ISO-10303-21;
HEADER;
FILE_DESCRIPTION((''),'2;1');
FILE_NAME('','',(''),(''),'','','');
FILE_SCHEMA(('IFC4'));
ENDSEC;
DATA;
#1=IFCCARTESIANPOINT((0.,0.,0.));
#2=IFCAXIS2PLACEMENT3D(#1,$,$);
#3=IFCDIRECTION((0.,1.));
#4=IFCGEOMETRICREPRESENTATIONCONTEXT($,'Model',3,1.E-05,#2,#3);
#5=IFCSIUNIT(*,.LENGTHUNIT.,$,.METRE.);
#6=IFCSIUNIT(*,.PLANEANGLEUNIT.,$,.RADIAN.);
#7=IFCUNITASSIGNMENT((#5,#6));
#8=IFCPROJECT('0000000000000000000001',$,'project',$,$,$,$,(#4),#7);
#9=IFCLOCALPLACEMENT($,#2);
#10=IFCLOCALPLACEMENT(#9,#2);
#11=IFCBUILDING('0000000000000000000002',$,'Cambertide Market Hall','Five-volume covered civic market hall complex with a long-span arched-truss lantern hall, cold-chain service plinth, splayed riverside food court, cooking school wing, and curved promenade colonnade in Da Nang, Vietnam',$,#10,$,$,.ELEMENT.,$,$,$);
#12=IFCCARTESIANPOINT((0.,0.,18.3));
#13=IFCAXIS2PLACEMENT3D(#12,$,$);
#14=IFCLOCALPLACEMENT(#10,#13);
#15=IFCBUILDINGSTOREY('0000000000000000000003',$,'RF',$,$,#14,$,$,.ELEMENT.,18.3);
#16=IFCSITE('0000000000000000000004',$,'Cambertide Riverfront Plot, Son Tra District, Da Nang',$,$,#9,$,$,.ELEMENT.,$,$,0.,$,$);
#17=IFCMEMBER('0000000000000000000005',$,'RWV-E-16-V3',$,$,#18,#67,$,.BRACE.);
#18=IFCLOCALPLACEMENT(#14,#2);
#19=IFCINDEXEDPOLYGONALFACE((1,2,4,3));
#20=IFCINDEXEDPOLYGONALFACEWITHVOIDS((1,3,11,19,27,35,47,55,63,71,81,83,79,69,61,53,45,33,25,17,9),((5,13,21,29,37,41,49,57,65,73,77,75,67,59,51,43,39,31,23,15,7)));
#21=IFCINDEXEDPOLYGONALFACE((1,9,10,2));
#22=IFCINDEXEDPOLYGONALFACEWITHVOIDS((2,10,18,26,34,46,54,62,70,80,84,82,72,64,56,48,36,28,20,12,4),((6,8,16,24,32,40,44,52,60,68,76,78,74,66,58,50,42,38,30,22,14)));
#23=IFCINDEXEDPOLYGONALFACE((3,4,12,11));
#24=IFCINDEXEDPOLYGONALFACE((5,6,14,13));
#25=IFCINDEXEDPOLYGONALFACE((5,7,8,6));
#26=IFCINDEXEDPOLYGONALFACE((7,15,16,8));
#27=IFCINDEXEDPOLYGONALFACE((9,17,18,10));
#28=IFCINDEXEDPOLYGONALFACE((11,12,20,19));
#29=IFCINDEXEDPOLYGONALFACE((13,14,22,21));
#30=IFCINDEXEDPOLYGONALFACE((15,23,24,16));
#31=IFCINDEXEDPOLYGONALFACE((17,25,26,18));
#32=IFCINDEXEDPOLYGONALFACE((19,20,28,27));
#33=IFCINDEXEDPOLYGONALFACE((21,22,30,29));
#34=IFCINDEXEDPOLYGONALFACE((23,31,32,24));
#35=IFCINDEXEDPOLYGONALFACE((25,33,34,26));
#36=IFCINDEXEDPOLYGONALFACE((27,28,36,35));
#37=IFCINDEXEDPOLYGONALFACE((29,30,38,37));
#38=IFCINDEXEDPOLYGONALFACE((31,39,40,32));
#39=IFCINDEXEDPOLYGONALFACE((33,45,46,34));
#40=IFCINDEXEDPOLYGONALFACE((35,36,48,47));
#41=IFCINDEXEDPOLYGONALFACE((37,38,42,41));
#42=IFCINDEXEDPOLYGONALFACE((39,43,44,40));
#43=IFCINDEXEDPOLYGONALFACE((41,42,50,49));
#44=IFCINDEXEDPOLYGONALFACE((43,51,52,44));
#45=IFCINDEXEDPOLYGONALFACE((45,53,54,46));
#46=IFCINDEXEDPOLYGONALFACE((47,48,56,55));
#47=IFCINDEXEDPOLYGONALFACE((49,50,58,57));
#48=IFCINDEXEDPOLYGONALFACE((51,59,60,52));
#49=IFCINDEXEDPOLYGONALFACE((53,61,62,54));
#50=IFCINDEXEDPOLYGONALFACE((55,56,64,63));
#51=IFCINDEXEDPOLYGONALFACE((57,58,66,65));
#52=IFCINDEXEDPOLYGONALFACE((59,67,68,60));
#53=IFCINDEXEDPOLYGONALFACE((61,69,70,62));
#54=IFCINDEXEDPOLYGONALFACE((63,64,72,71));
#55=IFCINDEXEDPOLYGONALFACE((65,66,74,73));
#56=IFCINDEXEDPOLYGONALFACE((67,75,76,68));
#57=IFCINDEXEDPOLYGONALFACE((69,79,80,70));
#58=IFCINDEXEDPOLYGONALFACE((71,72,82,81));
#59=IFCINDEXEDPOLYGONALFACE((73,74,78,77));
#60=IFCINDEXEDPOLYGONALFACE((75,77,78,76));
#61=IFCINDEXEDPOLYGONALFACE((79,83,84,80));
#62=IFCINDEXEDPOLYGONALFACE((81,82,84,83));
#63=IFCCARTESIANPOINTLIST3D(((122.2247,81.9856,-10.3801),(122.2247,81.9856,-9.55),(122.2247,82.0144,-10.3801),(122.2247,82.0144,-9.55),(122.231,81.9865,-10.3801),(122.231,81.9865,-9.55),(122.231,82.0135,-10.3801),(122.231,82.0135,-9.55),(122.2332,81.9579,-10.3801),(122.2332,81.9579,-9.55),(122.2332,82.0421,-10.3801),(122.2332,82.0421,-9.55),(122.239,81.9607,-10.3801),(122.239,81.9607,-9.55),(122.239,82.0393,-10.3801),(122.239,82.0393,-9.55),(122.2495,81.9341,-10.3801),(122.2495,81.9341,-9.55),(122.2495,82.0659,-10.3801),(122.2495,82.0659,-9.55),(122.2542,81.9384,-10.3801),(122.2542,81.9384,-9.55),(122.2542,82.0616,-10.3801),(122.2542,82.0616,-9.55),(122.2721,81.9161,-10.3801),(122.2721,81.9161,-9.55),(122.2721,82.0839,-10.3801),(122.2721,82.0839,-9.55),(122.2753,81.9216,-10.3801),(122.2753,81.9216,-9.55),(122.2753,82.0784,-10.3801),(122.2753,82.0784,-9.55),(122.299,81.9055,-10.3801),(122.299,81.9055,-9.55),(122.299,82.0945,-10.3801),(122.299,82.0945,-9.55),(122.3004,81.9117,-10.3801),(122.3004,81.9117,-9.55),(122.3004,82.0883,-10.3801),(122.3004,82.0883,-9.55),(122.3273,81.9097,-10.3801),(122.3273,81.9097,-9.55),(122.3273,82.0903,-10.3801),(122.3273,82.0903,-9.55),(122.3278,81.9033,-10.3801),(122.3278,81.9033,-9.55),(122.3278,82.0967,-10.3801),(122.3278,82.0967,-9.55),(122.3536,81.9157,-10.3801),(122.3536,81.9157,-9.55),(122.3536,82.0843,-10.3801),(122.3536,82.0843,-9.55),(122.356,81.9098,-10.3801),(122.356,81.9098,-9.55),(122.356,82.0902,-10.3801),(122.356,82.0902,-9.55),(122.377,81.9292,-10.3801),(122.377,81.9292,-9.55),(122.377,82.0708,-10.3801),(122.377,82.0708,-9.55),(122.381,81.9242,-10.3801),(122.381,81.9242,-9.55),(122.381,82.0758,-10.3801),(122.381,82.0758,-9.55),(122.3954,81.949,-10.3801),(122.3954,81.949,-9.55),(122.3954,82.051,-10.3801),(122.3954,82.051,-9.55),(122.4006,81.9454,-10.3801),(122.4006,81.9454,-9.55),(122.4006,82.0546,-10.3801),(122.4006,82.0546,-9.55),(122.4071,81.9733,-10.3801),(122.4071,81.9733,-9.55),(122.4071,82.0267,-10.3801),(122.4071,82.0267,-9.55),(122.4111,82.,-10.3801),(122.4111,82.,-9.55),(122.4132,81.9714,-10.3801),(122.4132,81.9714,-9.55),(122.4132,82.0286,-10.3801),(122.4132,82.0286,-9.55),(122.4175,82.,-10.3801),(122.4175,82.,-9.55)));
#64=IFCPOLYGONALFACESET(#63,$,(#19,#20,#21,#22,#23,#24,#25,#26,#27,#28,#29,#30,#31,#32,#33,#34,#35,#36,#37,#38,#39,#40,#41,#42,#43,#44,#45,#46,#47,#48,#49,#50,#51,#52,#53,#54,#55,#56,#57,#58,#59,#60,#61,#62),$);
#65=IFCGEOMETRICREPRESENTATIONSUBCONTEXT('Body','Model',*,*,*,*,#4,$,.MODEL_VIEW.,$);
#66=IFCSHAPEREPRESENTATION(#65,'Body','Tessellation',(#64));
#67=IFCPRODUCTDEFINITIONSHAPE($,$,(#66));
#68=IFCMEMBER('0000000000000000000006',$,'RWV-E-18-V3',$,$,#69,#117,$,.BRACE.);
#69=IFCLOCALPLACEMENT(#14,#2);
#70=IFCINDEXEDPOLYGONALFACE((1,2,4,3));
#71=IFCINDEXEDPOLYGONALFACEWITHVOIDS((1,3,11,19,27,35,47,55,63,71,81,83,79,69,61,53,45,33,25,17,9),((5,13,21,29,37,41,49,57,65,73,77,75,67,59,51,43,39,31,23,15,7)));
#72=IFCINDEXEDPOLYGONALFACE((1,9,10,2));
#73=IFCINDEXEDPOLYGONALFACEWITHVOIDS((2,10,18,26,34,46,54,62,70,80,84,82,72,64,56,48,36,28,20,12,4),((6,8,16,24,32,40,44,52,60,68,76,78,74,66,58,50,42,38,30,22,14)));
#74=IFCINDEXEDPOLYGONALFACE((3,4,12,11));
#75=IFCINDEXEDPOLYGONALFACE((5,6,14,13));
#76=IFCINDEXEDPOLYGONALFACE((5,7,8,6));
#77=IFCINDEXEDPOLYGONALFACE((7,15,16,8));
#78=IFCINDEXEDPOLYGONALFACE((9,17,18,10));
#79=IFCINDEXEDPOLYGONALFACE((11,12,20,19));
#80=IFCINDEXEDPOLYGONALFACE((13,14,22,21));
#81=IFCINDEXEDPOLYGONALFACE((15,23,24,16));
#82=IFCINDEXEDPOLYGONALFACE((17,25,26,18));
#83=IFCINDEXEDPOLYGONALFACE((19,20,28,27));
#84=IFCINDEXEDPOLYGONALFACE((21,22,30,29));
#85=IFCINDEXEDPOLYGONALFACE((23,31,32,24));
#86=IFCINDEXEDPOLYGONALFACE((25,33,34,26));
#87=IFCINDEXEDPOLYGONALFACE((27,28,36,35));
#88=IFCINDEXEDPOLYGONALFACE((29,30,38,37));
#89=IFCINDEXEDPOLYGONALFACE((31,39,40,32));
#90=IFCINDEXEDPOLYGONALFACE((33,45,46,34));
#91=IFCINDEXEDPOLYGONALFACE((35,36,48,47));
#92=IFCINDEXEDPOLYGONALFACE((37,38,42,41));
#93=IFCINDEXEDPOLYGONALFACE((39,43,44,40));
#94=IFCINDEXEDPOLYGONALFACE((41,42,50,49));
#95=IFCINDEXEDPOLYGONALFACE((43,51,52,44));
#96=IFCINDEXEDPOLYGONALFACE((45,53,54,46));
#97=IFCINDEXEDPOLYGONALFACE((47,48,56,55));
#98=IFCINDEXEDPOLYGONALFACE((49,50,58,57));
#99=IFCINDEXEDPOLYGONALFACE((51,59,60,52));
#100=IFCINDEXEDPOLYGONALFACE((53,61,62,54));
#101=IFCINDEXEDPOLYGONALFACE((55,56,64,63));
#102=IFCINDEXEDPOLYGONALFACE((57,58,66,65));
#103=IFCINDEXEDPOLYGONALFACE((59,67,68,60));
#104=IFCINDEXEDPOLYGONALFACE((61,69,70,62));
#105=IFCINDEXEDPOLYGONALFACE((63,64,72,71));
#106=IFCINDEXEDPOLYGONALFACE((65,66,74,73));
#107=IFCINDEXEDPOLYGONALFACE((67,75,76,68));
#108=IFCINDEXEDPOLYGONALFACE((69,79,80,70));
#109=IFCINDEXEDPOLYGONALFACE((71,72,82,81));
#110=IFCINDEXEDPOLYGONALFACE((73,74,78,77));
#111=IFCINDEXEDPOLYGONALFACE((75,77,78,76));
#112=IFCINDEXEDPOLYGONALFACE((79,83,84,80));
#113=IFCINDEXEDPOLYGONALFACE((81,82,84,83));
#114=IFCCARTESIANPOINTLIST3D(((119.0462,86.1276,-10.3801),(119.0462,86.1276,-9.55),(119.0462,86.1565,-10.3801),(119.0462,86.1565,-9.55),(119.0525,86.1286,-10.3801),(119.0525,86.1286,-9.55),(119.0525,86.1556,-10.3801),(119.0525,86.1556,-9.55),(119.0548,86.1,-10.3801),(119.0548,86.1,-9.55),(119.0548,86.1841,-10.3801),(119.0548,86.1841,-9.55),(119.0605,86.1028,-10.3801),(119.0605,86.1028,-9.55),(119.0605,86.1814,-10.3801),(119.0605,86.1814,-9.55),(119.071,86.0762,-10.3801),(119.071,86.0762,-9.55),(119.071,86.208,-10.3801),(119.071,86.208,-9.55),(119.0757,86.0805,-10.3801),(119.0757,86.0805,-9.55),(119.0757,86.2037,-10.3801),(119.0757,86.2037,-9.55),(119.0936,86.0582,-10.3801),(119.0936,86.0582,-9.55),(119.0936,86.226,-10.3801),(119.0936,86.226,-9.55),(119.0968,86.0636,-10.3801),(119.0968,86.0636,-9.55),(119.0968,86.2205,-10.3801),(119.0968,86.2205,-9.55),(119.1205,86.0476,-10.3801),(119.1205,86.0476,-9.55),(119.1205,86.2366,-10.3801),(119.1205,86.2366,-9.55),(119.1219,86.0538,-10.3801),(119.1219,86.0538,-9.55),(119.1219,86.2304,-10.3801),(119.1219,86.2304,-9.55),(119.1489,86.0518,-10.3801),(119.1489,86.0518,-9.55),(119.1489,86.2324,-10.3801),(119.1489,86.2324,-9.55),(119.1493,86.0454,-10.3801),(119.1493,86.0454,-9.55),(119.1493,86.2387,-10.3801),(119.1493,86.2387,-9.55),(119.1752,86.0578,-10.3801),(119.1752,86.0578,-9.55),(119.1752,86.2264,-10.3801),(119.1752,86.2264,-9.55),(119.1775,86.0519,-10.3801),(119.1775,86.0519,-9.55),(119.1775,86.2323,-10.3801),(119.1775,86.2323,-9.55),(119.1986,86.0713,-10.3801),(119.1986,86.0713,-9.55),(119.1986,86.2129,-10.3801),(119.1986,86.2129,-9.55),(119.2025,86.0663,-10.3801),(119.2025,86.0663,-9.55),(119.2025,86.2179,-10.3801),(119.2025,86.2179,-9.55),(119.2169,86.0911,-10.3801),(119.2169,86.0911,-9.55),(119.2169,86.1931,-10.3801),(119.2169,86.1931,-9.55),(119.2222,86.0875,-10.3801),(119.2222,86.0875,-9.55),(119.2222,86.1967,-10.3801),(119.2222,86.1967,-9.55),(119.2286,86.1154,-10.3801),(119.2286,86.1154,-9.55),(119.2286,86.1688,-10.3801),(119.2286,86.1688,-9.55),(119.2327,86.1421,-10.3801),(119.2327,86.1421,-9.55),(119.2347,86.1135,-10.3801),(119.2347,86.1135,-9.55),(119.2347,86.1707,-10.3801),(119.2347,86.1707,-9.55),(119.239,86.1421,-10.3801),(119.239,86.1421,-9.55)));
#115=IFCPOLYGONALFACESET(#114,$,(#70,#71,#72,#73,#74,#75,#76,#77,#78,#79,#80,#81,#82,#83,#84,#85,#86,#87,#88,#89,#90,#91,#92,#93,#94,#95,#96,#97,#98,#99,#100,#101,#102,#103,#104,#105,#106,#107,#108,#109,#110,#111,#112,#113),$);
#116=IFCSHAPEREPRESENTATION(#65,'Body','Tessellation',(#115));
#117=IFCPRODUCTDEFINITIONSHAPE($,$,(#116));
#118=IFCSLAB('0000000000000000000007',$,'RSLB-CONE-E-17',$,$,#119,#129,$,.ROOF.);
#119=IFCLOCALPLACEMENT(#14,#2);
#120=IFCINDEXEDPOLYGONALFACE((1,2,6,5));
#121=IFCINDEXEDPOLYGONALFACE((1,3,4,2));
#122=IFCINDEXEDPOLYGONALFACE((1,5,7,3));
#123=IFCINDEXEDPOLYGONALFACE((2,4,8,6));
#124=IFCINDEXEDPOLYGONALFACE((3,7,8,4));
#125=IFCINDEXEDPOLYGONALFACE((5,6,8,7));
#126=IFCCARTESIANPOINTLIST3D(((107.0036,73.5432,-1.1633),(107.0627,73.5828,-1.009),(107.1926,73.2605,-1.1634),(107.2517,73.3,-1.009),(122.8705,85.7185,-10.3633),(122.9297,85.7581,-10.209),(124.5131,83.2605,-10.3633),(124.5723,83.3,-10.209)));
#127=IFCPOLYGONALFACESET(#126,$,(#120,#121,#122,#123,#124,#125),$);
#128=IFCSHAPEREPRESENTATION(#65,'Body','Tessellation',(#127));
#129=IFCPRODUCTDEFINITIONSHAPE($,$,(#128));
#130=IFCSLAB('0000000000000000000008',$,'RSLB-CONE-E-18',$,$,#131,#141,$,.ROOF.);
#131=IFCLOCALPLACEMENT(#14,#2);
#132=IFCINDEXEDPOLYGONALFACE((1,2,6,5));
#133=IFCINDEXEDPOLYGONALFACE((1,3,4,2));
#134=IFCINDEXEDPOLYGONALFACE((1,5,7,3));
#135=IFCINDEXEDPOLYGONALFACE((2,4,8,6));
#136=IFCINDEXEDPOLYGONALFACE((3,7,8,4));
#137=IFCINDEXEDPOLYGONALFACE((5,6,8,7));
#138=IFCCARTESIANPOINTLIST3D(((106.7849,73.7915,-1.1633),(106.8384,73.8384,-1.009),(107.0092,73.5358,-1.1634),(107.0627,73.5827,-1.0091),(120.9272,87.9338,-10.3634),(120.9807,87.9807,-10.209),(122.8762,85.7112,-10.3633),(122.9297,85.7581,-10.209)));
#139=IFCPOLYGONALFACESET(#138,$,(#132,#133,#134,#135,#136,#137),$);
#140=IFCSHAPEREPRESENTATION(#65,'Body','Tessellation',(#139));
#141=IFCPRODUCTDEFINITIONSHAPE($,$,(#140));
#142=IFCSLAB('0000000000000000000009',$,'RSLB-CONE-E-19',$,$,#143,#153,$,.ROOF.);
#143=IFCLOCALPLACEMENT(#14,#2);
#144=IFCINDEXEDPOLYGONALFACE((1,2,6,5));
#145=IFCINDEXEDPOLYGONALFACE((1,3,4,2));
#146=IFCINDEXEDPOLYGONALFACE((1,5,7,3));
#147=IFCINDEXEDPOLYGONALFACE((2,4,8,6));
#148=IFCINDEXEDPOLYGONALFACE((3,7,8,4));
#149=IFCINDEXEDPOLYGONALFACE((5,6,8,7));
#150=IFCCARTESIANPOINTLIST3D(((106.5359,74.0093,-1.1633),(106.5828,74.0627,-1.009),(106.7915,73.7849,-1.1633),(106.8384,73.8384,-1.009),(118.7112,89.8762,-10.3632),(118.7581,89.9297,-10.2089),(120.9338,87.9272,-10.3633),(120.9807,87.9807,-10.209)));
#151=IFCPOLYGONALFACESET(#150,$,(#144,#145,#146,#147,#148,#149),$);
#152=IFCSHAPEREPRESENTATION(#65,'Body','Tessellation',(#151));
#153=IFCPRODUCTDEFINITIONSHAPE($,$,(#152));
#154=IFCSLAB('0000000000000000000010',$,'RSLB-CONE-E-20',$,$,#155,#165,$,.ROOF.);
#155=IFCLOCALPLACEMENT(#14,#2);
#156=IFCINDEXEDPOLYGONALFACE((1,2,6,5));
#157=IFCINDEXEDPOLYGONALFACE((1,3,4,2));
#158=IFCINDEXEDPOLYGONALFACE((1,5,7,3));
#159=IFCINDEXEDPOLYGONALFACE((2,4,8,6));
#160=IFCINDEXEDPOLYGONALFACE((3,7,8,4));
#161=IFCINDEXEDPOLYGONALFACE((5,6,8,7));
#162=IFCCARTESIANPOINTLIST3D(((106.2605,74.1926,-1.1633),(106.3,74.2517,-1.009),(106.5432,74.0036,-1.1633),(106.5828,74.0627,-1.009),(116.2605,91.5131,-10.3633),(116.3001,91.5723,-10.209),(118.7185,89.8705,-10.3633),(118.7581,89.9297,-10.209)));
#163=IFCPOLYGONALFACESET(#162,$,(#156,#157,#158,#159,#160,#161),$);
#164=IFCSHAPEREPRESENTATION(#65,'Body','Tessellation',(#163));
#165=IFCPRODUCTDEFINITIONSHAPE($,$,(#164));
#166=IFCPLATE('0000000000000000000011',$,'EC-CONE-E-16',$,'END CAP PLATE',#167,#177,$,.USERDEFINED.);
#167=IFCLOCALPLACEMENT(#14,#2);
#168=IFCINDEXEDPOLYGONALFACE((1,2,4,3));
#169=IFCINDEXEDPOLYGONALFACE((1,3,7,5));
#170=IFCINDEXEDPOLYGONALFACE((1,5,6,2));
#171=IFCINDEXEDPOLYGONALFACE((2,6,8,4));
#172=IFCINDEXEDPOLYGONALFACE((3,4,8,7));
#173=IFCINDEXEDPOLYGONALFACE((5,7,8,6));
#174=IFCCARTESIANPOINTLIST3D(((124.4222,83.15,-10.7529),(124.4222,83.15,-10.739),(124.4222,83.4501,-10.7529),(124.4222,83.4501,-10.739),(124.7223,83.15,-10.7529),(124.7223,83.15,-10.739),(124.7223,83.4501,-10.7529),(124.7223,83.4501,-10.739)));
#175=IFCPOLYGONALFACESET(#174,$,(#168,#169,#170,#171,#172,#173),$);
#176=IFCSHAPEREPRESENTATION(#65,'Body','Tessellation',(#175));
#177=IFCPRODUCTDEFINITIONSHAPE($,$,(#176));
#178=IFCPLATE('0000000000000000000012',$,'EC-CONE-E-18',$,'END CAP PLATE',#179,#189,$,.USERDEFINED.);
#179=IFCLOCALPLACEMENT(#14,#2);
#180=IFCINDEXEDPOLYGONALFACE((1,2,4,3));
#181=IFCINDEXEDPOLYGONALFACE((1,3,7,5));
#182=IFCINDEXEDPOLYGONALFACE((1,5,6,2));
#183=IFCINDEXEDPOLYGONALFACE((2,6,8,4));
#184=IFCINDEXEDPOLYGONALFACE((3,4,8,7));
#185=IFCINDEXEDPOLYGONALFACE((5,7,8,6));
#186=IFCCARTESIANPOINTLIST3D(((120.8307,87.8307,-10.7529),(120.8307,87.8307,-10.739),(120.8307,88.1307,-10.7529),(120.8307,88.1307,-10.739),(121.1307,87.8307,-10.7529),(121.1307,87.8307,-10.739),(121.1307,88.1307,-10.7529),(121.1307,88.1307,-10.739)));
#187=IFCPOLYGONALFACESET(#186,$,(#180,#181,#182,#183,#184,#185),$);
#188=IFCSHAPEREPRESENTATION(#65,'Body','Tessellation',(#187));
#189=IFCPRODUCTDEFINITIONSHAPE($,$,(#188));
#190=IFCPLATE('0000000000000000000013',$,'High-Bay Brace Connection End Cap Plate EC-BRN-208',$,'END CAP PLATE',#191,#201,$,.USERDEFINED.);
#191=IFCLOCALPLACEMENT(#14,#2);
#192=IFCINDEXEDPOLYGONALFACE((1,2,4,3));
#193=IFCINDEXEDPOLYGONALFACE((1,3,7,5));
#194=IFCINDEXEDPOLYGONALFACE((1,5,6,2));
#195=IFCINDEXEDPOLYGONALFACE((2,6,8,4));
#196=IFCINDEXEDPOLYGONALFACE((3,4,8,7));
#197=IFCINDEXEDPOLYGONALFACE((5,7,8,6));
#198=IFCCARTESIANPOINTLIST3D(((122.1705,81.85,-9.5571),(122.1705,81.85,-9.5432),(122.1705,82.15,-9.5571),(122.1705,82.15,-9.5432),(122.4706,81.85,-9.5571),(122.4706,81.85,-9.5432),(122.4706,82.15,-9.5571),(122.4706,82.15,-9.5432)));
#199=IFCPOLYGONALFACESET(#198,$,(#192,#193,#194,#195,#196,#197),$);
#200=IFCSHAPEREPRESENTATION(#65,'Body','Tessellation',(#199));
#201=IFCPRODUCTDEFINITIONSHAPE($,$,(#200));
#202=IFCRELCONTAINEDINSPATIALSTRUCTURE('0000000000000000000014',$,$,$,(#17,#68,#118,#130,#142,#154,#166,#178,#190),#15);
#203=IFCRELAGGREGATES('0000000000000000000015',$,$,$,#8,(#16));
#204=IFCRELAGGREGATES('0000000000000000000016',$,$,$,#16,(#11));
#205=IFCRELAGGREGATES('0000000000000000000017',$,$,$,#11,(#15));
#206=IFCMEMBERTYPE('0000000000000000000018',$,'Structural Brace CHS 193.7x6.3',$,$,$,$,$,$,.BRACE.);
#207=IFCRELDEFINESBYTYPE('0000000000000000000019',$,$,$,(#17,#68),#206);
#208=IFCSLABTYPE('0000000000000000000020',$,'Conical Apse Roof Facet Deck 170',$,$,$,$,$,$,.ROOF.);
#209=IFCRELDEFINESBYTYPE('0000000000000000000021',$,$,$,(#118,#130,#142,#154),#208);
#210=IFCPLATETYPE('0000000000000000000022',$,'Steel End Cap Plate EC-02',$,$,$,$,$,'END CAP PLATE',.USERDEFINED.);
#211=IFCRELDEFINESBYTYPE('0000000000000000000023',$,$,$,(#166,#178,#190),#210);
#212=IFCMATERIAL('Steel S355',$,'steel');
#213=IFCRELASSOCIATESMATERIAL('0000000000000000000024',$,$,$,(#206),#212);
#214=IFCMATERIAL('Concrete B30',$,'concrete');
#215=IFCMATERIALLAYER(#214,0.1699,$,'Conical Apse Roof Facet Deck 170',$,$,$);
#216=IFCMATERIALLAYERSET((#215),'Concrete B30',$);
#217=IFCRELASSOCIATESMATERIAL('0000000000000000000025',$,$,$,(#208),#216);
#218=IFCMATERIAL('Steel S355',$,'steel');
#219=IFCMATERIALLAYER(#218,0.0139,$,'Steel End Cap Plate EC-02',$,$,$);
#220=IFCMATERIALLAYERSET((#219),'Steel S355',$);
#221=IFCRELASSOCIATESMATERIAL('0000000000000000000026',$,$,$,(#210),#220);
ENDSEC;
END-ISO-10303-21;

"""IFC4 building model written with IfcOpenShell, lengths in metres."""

from ifc_helpers import new_model, si_unit, direction, frame, origin, origin_2d, place, context, subcontext, project, spatial, polyline, rectangle, hollow_circle, outline, extrude, material, layer, layer_set, material_profile, profile_set, type_object, element, save


model = new_model("IFC4")

# Units and contexts
model_context = context("Model", 3, precision=1e-05, world=origin(), true_north=direction((0.0, 1.0)))
body_context = subcontext(model_context, "Body", "Model", "MODEL_VIEW")
ifc_project = project(units=[si_unit("LENGTHUNIT", "METRE"), si_unit("PLANEANGLEUNIT", "RADIAN")], contexts=[model_context])

# Site, building, storey
site_placement = place(None, origin())
site = spatial("IfcSite", under=ifc_project, at=site_placement, Name="Cambertide Riverfront Plot, Son Tra District, Da Nang", CompositionType="ELEMENT", RefElevation=0.0)
building_placement = place(site_placement, origin())
building = spatial("IfcBuilding", under=site, at=building_placement, Name="Cambertide Market Hall", Description="Five-volume covered civic market hall complex with a long-span arched-truss lantern hall, cold-chain service plinth, splayed riverside food court, cooking school wing, and curved promenade colonnade in Da Nang, Vietnam", CompositionType="ELEMENT")
storey_placement = place(building_placement, frame((0.0, 0.0, 18.3)))
storey = spatial("IfcBuildingStorey", under=building, at=storey_placement, Name="RF", CompositionType="ELEMENT", Elevation=18.3)

# Members
ifc_material_1 = material(Name="Steel S355", Category="steel")
ifc_material_profile_1 = material_profile(ifc_material_1, hollow_circle(Radius=0.0969, WallThickness=0.0063, at=origin_2d()), Name="CHS 193.7x6.3")
ifc_profile_set_1 = profile_set([ifc_material_profile_1], Name="Steel S355")
member_type_1 = type_object("IfcMemberType", Name="Structural Brace CHS 193.7x6.3", PredefinedType="BRACE", material=ifc_profile_set_1)
for number, where, z_axis, x_axis, name in (
    (1, (122.3206, 82.0, -10.3801), (0.0, 0.0, 1.0), (1.0, 0.0, 0.0), "RWV-E-16-V3"),
    (2, (119.1421, 86.1421, -10.3801), (0.0, 0.0, 1.0), (1.0, 0.0, 0.0), "RWV-E-18-V3"),
):
    element("IfcMember", number, at=place(storey_placement, frame(where, z_axis=z_axis, x_axis=x_axis)), inside=storey, type_object=member_type_1, Name=name, PredefinedType="BRACE", context=body_context, shape_type="SweptSolid", body=[
        extrude(hollow_circle(Radius=0.0969, WallThickness=0.0063, at=origin_2d()), origin(), (0.0, 0.0, 1.0), 0.8301),
    ])

# Slabs
ifc_material_2 = material(Name="Concrete B30", Category="concrete")
ifc_layer_1 = layer(ifc_material_2, 0.1699, Name="Conical Apse Roof Facet Deck 170")
ifc_layer_set_1 = layer_set([ifc_layer_1], Name="Concrete B30")
slab_type = type_object("IfcSlabType", Name="Conical Apse Roof Facet Deck 170", PredefinedType="ROOF", material=ifc_layer_set_1)
slab_1_placement = place(storey_placement, frame((124.5723, 83.3, -10.209), z_axis=(0.348075, 0.232608, 0.908151), x_axis=(-0.555616, 0.831439, -0.000004)))
element("IfcSlab", 3, at=slab_1_placement, inside=storey, type_object=slab_type, Name="RSLB-CONE-E-17", PredefinedType="ROOF", context=body_context, shape_type="SweptSolid", body=[
    extrude(outline(polyline([(0.0, 0.0), (2.9563, 0.0), (1.6492, 21.9756), (1.3092, 21.9756), (0.0, 0.0)])), origin(), (0.0, 0.0, -1.0), 0.1699),
])
slab_2_placement = place(storey_placement, frame((122.9297, 85.7581, -10.209), z_axis=(0.314754, 0.276026, 0.908152), x_axis=(-0.659306, 0.751875, -0.000019)))
element("IfcSlab", 4, at=slab_2_placement, inside=storey, type_object=slab_type, Name="RSLB-CONE-E-18", PredefinedType="ROOF", context=body_context, shape_type="SweptSolid", body=[
    extrude(outline(polyline([(0.0, 0.0), (2.9561, 0.0), (1.6468, 21.9758), (1.3067, 21.9757), (0.0, 0.0)])), origin(), (0.0, 0.0, -1.0), 0.1699),
])
slab_3_placement = place(storey_placement, frame((120.9807, 87.9807, -10.209), z_axis=(0.276026, 0.314754, 0.908152), x_axis=(-0.751875, 0.659306, 0.000019)))
element("IfcSlab", 5, at=slab_3_placement, inside=storey, type_object=slab_type, Name="RSLB-CONE-E-19", PredefinedType="ROOF", context=body_context, shape_type="SweptSolid", body=[
    extrude(outline(polyline([(0.0, 0.0), (2.9561, 0.0), (1.6494, 21.9757), (1.3093, 21.9758), (0.0, 0.0)])), origin(), (0.0, 0.0, -1.0), 0.1699),
])
slab_4_placement = place(storey_placement, frame((118.7581, 89.9297, -10.209), z_axis=(0.232608, 0.348075, 0.908151), x_axis=(-0.831439, 0.555616, 0.000004)))
element("IfcSlab", 6, at=slab_4_placement, inside=storey, type_object=slab_type, Name="RSLB-CONE-E-20", PredefinedType="ROOF", context=body_context, shape_type="SweptSolid", body=[
    extrude(outline(polyline([(0.0, 0.0), (2.9563, 0.0), (1.6472, 21.9756), (1.3071, 21.9756), (0.0, 0.0)])), origin(), (0.0, 0.0, -1.0), 0.1699),
])

# Plates
ifc_material_3 = material(Name="Steel S355", Category="steel")
ifc_layer_2 = layer(ifc_material_3, 0.0139, Name="Steel End Cap Plate EC-02")
ifc_layer_set_2 = layer_set([ifc_layer_2], Name="Steel S355")
plate_type_1 = type_object("IfcPlateType", Name="Steel End Cap Plate EC-02", ElementType="END CAP PLATE", PredefinedType="USERDEFINED", material=ifc_layer_set_2)
for number, where, z_axis, x_axis, name in (
    (7, (124.5723, 83.3, -10.7529), (0.0, 0.0, 1.0), (1.0, 0.0, 0.0), "EC-CONE-E-16"),
    (8, (120.9807, 87.9807, -10.7529), (0.0, 0.0, 1.0), (1.0, 0.0, 0.0), "EC-CONE-E-18"),
    (9, (122.3206, 82.0, -9.5571), (0.0, 0.0, 1.0), (1.0, 0.0, 0.0), "High-Bay Brace Connection End Cap Plate EC-BRN-208"),
):
    element("IfcPlate", number, at=place(storey_placement, frame(where, z_axis=z_axis, x_axis=x_axis)), inside=storey, type_object=plate_type_1, Name=name, ObjectType="END CAP PLATE", PredefinedType="USERDEFINED", context=body_context, shape_type="SweptSolid", body=[
        extrude(rectangle(XDim=0.3, YDim=0.3, at=origin_2d()), origin(), (0.0, 0.0, 1.0), 0.0139),
    ])

save(model, "model.ifc")
